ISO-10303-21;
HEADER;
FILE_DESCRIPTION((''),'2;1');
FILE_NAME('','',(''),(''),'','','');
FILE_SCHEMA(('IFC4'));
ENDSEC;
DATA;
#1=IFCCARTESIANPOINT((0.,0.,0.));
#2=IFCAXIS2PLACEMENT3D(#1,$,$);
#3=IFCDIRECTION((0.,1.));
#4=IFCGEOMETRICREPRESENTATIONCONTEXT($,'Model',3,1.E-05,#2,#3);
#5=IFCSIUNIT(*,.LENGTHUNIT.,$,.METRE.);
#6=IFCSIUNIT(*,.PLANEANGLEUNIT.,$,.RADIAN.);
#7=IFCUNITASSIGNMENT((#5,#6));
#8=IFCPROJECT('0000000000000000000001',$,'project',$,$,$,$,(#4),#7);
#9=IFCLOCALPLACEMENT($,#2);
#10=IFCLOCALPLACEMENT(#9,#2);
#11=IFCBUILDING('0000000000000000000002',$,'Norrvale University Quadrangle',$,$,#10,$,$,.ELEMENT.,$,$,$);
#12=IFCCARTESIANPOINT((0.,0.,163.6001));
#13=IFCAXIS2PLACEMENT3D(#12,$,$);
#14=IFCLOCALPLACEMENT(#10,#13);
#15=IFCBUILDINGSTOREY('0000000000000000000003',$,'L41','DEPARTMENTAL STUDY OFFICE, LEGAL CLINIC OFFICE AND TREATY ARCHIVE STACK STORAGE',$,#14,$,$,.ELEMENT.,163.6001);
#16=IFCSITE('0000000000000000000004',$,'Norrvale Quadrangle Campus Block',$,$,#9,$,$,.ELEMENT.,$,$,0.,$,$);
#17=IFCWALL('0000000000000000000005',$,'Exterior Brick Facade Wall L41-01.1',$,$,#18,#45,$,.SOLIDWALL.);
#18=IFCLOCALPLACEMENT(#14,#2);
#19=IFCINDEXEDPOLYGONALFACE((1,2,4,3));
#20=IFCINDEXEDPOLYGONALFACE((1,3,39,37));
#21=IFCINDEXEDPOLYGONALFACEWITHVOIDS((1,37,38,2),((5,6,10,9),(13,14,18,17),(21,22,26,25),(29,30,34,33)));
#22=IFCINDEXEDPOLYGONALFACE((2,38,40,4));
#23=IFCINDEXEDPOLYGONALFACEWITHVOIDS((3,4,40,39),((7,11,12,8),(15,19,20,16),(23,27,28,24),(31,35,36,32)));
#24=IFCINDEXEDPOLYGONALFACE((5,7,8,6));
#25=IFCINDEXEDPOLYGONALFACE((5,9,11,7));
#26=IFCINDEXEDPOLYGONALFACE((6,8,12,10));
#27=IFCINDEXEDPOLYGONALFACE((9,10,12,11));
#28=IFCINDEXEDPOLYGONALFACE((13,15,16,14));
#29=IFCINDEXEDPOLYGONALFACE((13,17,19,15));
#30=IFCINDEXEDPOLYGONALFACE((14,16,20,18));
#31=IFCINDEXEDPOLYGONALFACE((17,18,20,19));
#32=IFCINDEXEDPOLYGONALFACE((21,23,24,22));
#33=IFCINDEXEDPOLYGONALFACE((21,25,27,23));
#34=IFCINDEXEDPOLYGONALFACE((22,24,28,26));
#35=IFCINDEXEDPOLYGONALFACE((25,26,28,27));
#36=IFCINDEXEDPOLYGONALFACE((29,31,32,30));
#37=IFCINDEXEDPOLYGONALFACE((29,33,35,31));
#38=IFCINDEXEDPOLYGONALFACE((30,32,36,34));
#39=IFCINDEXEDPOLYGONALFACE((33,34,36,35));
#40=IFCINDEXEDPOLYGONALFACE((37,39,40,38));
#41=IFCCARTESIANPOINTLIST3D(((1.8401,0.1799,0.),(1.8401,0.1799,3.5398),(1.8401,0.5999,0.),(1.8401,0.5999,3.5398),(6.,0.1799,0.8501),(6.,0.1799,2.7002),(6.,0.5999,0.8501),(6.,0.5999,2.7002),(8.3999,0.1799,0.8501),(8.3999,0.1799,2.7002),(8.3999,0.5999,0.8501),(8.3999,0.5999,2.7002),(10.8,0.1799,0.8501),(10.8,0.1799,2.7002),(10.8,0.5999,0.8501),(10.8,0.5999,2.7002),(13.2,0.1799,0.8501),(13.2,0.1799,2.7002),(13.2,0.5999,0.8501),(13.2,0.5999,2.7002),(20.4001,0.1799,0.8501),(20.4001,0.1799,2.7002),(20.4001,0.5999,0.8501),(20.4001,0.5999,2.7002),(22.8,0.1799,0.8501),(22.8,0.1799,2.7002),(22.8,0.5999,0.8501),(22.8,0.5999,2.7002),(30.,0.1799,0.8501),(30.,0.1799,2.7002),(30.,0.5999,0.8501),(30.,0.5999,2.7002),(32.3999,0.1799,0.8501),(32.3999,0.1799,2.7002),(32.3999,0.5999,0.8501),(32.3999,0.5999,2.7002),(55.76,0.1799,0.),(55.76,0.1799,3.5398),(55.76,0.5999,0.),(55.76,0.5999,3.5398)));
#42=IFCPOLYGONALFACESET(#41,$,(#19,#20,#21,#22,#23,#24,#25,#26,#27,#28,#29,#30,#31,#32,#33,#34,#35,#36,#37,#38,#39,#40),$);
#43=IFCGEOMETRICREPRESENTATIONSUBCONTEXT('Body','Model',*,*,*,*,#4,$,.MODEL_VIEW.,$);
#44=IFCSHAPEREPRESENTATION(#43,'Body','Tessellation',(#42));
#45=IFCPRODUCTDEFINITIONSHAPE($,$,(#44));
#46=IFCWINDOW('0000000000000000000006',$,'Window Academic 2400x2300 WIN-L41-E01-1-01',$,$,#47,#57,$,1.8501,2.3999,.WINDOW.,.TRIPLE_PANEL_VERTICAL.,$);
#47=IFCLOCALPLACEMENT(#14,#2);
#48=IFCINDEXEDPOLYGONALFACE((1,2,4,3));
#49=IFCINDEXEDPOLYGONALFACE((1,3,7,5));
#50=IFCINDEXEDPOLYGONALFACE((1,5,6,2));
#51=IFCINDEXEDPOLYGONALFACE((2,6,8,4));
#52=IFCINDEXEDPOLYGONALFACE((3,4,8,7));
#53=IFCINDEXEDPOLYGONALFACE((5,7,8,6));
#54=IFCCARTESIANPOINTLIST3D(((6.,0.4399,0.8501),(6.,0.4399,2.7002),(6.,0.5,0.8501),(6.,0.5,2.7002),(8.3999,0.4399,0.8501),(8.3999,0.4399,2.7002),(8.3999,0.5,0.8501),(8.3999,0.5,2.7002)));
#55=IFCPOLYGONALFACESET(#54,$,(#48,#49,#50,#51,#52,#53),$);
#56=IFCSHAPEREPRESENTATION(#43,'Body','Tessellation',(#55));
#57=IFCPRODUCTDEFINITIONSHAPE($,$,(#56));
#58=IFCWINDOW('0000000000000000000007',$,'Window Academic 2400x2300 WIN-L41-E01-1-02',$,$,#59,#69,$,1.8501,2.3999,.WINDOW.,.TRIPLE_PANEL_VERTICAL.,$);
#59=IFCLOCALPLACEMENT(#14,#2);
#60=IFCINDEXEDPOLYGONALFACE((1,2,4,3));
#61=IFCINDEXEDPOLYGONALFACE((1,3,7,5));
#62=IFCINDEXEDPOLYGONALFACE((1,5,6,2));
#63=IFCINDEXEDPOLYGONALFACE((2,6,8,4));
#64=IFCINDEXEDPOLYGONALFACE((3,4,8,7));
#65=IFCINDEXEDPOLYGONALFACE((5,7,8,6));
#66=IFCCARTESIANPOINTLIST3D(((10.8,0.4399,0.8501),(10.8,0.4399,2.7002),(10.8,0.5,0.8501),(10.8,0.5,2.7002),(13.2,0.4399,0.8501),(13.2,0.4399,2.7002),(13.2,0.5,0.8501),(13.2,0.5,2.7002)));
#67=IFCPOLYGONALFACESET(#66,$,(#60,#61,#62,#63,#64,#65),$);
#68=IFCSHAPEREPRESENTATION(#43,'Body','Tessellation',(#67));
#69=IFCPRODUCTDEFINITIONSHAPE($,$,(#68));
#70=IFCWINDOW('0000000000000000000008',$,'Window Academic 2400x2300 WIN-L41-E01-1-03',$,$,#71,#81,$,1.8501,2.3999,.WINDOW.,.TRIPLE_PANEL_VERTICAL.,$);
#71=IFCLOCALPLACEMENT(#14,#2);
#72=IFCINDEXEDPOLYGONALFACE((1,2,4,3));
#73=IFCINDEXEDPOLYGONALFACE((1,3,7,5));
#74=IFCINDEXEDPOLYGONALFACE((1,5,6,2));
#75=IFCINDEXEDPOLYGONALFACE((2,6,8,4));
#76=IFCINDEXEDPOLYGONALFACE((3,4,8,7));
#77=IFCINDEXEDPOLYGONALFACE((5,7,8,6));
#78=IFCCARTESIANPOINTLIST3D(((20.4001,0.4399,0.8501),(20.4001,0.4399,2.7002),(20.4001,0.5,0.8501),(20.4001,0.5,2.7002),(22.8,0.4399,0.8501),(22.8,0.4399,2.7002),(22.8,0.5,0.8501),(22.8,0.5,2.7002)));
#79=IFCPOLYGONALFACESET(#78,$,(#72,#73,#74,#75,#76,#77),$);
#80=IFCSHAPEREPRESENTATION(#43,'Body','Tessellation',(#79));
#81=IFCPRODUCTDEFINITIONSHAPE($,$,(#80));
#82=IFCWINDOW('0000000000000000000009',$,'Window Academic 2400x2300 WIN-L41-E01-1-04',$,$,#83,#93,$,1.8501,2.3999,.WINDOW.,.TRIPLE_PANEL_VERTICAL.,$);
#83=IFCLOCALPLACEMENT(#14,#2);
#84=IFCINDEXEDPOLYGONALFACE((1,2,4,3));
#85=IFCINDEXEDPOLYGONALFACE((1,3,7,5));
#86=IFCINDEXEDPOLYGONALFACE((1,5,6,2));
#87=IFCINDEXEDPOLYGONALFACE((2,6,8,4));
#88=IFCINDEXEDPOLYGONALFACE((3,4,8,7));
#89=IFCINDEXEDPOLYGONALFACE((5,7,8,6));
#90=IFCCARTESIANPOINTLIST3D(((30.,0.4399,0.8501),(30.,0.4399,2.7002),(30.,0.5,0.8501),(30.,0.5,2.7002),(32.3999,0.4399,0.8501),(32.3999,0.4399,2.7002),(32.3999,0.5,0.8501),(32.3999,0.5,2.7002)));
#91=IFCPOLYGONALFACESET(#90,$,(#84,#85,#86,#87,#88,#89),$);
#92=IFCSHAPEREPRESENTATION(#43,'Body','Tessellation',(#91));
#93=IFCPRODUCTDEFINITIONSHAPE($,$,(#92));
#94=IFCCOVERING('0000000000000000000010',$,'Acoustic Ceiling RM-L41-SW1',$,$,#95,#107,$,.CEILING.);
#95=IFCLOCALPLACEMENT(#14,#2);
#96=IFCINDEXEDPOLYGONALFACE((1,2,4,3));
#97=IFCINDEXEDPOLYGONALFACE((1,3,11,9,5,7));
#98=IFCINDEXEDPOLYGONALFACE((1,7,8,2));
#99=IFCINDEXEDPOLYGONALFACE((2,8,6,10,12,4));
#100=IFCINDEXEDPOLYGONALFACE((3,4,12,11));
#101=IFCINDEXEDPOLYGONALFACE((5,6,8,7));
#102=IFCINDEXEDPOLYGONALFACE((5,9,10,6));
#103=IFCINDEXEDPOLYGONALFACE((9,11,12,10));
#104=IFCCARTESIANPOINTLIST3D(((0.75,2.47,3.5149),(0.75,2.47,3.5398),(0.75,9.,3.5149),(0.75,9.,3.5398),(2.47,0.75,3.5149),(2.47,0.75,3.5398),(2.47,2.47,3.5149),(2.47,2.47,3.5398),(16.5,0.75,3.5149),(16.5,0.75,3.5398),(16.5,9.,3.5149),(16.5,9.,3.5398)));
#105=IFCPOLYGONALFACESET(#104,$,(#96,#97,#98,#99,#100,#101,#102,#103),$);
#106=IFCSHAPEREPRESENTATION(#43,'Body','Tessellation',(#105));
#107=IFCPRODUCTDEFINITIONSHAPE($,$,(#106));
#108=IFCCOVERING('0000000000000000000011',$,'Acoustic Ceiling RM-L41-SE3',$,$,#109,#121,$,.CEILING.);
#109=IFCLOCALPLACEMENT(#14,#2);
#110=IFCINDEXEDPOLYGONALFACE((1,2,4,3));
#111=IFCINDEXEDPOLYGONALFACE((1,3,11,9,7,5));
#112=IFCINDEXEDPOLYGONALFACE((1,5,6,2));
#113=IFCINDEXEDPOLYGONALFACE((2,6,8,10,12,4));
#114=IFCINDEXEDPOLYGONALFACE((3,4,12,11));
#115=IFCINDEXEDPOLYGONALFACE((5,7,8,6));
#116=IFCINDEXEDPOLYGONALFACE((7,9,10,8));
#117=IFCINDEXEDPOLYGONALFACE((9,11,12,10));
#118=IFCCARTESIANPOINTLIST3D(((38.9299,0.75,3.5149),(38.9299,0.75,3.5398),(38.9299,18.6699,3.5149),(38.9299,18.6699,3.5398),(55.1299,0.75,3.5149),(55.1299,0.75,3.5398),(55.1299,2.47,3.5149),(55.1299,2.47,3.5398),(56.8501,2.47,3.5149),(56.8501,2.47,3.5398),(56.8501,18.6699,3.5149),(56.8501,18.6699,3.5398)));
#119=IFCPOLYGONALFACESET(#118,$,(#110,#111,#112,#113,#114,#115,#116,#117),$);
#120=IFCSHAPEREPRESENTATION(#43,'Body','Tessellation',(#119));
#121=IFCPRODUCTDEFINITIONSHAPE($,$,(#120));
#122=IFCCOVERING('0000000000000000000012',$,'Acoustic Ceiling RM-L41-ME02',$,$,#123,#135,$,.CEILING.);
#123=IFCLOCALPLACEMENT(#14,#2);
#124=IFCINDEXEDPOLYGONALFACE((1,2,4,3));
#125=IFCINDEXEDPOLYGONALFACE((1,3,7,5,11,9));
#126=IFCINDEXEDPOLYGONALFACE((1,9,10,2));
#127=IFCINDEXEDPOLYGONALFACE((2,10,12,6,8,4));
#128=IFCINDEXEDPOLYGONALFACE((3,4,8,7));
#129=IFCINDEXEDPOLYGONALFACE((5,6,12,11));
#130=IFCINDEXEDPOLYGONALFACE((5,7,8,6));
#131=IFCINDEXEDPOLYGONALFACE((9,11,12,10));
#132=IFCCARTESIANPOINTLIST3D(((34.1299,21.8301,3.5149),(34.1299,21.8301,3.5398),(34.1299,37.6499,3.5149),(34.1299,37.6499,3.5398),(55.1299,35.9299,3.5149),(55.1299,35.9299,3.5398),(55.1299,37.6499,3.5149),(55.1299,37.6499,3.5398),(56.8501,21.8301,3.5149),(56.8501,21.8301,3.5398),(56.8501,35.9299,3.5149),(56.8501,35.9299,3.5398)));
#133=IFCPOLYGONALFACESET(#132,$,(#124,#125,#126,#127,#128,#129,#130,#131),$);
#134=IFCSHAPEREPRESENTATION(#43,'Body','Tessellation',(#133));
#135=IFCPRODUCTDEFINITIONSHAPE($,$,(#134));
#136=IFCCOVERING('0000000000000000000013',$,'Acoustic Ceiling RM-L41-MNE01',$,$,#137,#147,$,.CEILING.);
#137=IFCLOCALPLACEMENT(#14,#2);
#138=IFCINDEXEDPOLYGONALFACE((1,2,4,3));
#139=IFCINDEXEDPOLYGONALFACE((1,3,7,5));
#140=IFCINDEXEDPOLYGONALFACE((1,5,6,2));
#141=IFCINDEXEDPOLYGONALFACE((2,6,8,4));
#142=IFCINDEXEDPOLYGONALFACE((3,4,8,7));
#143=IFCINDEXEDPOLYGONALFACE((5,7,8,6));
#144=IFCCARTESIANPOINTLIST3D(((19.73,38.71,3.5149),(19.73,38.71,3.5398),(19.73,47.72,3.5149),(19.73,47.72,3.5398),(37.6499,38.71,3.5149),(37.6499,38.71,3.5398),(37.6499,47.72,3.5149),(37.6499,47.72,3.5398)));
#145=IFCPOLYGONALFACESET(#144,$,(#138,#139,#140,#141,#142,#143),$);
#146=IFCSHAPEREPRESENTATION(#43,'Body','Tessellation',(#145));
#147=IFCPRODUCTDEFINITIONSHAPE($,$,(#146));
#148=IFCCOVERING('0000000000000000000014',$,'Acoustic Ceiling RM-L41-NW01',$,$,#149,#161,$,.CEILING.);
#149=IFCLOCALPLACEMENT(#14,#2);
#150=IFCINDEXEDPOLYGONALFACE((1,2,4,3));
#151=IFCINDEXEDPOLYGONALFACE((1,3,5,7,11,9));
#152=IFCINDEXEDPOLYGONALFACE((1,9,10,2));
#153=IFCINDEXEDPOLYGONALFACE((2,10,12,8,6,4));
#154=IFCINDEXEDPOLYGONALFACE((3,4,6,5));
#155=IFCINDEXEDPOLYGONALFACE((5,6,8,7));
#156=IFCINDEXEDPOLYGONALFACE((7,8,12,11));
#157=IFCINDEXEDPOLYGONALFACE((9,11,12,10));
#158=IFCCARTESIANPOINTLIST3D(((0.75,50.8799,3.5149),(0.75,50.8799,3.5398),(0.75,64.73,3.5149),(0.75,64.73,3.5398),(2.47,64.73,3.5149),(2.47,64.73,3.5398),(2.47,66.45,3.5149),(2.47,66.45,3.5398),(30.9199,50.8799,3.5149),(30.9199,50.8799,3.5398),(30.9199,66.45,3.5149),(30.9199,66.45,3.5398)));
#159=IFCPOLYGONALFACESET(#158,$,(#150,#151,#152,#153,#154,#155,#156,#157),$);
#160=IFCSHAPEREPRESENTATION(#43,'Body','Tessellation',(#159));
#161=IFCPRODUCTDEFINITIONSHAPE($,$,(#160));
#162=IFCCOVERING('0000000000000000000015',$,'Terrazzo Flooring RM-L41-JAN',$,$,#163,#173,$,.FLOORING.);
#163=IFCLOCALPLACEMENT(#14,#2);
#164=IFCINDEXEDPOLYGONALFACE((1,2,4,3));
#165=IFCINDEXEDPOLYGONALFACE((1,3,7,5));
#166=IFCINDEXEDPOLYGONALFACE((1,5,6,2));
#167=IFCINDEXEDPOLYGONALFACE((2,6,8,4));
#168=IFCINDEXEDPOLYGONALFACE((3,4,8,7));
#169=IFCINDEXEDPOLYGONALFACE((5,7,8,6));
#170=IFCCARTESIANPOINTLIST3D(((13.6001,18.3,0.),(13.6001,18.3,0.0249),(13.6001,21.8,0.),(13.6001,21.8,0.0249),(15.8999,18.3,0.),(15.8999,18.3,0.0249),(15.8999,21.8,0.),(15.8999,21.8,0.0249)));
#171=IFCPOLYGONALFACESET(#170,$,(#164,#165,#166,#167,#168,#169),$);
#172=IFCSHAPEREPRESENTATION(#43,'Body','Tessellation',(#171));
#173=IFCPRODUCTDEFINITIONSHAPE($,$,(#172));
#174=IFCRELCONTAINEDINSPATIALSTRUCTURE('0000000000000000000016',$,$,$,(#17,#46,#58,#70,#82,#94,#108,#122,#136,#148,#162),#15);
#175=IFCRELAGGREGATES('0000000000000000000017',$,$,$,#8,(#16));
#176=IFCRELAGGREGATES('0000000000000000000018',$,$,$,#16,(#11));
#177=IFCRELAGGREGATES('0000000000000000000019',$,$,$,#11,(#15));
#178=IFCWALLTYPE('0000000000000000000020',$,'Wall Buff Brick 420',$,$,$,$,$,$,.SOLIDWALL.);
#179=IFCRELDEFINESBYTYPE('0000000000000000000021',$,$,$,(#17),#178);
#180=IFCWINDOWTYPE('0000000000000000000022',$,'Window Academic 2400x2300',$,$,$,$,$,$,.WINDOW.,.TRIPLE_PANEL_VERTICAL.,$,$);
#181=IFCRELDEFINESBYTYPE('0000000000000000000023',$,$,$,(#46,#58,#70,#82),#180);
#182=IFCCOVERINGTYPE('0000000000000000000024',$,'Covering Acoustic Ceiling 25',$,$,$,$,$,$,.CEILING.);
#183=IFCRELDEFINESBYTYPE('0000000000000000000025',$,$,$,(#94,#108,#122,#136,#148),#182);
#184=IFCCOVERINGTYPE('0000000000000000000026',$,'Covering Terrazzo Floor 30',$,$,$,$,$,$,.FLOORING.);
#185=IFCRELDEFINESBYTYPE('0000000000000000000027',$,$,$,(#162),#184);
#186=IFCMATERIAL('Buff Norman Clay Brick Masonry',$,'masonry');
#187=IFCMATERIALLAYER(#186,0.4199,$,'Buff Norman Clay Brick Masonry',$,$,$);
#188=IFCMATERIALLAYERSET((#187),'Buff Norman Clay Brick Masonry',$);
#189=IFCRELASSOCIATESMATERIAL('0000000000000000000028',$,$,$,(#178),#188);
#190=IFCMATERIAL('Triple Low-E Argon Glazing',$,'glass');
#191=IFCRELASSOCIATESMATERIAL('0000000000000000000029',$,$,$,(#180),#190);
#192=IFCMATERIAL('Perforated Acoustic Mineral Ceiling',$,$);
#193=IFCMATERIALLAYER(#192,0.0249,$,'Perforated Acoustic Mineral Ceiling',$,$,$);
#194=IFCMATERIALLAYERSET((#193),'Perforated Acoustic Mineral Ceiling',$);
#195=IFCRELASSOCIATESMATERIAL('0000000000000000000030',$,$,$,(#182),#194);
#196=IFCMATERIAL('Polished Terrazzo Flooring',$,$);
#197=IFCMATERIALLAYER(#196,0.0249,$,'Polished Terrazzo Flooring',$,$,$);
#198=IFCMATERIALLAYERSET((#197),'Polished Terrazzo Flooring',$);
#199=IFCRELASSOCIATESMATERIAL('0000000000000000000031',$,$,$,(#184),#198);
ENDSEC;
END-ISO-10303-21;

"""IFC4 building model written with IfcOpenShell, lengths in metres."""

from ifc_helpers import new_model, si_unit, direction, frame, frame_2d, origin, place, context, subcontext, project, spatial, polyline, rectangle, outline, extrude, material, layer, layer_set, type_object, element, fill, save


model = new_model("IFC4")

# Units and contexts
model_context = context("Model", 3, precision=1e-05, world=origin(), true_north=direction((0.0, 1.0)))
body_context = subcontext(model_context, "Body", "Model", "MODEL_VIEW")
ifc_project = project(units=[si_unit("LENGTHUNIT", "METRE"), si_unit("PLANEANGLEUNIT", "RADIAN")], contexts=[model_context])

# Site, building, storey
site_placement = place(None, origin())
site = spatial("IfcSite", under=ifc_project, at=site_placement, Name="Norrvale Quadrangle Campus Block", CompositionType="ELEMENT", RefElevation=0.0)
building_placement = place(site_placement, origin())
building = spatial("IfcBuilding", under=site, at=building_placement, Name="Norrvale University Quadrangle", CompositionType="ELEMENT")
storey_placement = place(building_placement, frame((0.0, 0.0, 163.6001)))
storey = spatial("IfcBuildingStorey", under=building, at=storey_placement, Name="L41", Description="DEPARTMENTAL STUDY OFFICE, LEGAL CLINIC OFFICE AND TREATY ARCHIVE STACK STORAGE", CompositionType="ELEMENT", Elevation=163.6001)

# Wall, openings, windows
ifc_material_1 = material(Name="Buff Norman Clay Brick Masonry", Category="masonry")
ifc_layer_1 = layer(ifc_material_1, 0.4199, Name="Buff Norman Clay Brick Masonry")
ifc_layer_set_1 = layer_set([ifc_layer_1], Name="Buff Norman Clay Brick Masonry")
wall_type = type_object("IfcWallType", Name="Wall Buff Brick 420", PredefinedType="SOLIDWALL", material=ifc_layer_set_1)
wall_placement = place(storey_placement, frame((1.8401, 0.3899, 0.0), z_axis=(0.0, 0.0, 1.0), x_axis=(1.0, 0.0, 0.0)))
wall = element("IfcWall", 1, at=wall_placement, inside=storey, type_object=wall_type, Name="Exterior Brick Facade Wall L41-01.1", PredefinedType="SOLIDWALL", context=body_context, shape_type="SweptSolid", body=[
    extrude(rectangle(XDim=53.9199, YDim=0.4199, at=frame_2d((26.96, 0.0))), origin(), (0.0, 0.0, 1.0), 3.5398),
])
opening_1_placement = place(wall_placement, frame((4.1599, 0.0, 0.8501)))
opening_1 = element("IfcOpeningElement", 2, at=opening_1_placement, cuts=wall, PredefinedType="OPENING", context=body_context, shape_type="SweptSolid", body=[
    extrude(rectangle(XDim=2.3999, YDim=1.8501, at=frame_2d((1.2, 0.925))), frame((0.0, 0.2219, 0.0), z_axis=(0.0, -1.0, 0.0), x_axis=(1.0, 0.0, 0.0)), (0.0, 0.0, 1.0), 0.4438),
])
opening_2_placement = place(wall_placement, frame((8.96, 0.0, 0.8501)))
opening_2 = element("IfcOpeningElement", 3, at=opening_2_placement, cuts=wall, PredefinedType="OPENING", context=body_context, shape_type="SweptSolid", body=[
    extrude(rectangle(XDim=2.3999, YDim=1.8501, at=frame_2d((1.2, 0.925))), frame((0.0, 0.2219, 0.0), z_axis=(0.0, -1.0, 0.0), x_axis=(1.0, 0.0, 0.0)), (0.0, 0.0, 1.0), 0.4438),
])
opening_3_placement = place(wall_placement, frame((18.5601, 0.0, 0.8501)))
opening_3 = element("IfcOpeningElement", 4, at=opening_3_placement, cuts=wall, PredefinedType="OPENING", context=body_context, shape_type="SweptSolid", body=[
    extrude(rectangle(XDim=2.3999, YDim=1.8501, at=frame_2d((1.2, 0.925))), frame((0.0, 0.2219, 0.0), z_axis=(0.0, -1.0, 0.0), x_axis=(1.0, 0.0, 0.0)), (0.0, 0.0, 1.0), 0.4438),
])
opening_4_placement = place(wall_placement, frame((28.1599, 0.0, 0.8501)))
opening_4 = element("IfcOpeningElement", 5, at=opening_4_placement, cuts=wall, PredefinedType="OPENING", context=body_context, shape_type="SweptSolid", body=[
    extrude(rectangle(XDim=2.3999, YDim=1.8501, at=frame_2d((1.2, 0.925))), frame((0.0, 0.2219, 0.0), z_axis=(0.0, -1.0, 0.0), x_axis=(1.0, 0.0, 0.0)), (0.0, 0.0, 1.0), 0.4438),
])
ifc_material_2 = material(Name="Triple Low-E Argon Glazing", Category="glass")
window_type = type_object("IfcWindowType", Name="Window Academic 2400x2300", PartitioningType="TRIPLE_PANEL_VERTICAL", PredefinedType="WINDOW", material=ifc_material_2)
window_1_placement = place(opening_1_placement, origin())
window_1 = element("IfcWindow", 6, at=window_1_placement, inside=storey, type_object=window_type, Name="Window Academic 2400x2300 WIN-L41-E01-1-01", OverallHeight=1.8501, OverallWidth=2.3999, PartitioningType="TRIPLE_PANEL_VERTICAL", PredefinedType="WINDOW", context=body_context, shape_type="SweptSolid", body=[
    extrude(rectangle(XDim=2.3999, YDim=1.8501, at=frame_2d((1.2, 0.925))), frame((0.0, 0.1101, 0.0), z_axis=(0.0, -1.0, 0.0), x_axis=(1.0, 0.0, 0.0)), (0.0, 0.0, 1.0), 0.0601),
])
fill(opening_1, window_1)
window_2_placement = place(opening_2_placement, origin())
window_2 = element("IfcWindow", 7, at=window_2_placement, inside=storey, type_object=window_type, Name="Window Academic 2400x2300 WIN-L41-E01-1-02", OverallHeight=1.8501, OverallWidth=2.3999, PartitioningType="TRIPLE_PANEL_VERTICAL", PredefinedType="WINDOW", context=body_context, shape_type="SweptSolid", body=[
    extrude(rectangle(XDim=2.3999, YDim=1.8501, at=frame_2d((1.2, 0.925))), frame((0.0, 0.1101, 0.0), z_axis=(0.0, -1.0, 0.0), x_axis=(1.0, 0.0, 0.0)), (0.0, 0.0, 1.0), 0.0601),
])
fill(opening_2, window_2)
window_3_placement = place(opening_3_placement, origin())
window_3 = element("IfcWindow", 8, at=window_3_placement, inside=storey, type_object=window_type, Name="Window Academic 2400x2300 WIN-L41-E01-1-03", OverallHeight=1.8501, OverallWidth=2.3999, PartitioningType="TRIPLE_PANEL_VERTICAL", PredefinedType="WINDOW", context=body_context, shape_type="SweptSolid", body=[
    extrude(rectangle(XDim=2.3999, YDim=1.8501, at=frame_2d((1.2, 0.925))), frame((0.0, 0.1101, 0.0), z_axis=(0.0, -1.0, 0.0), x_axis=(1.0, 0.0, 0.0)), (0.0, 0.0, 1.0), 0.0601),
])
fill(opening_3, window_3)
window_4_placement = place(opening_4_placement, origin())
window_4 = element("IfcWindow", 9, at=window_4_placement, inside=storey, type_object=window_type, Name="Window Academic 2400x2300 WIN-L41-E01-1-04", OverallHeight=1.8501, OverallWidth=2.3999, PartitioningType="TRIPLE_PANEL_VERTICAL", PredefinedType="WINDOW", context=body_context, shape_type="SweptSolid", body=[
    extrude(rectangle(XDim=2.3999, YDim=1.8501, at=frame_2d((1.2, 0.925))), frame((0.0, 0.1101, 0.0), z_axis=(0.0, -1.0, 0.0), x_axis=(1.0, 0.0, 0.0)), (0.0, 0.0, 1.0), 0.0601),
])
fill(opening_4, window_4)

# Coverings
ifc_material_3 = material(Name="Perforated Acoustic Mineral Ceiling")
ifc_layer_2 = layer(ifc_material_3, 0.0249, Name="Perforated Acoustic Mineral Ceiling")
ifc_layer_set_2 = layer_set([ifc_layer_2], Name="Perforated Acoustic Mineral Ceiling")
covering_type_1 = type_object("IfcCoveringType", Name="Covering Acoustic Ceiling 25", PredefinedType="CEILING", material=ifc_layer_set_2)
covering_1_placement = place(storey_placement, frame((0.0, 0.0, 3.5149)))
element("IfcCovering", 10, at=covering_1_placement, inside=storey, type_object=covering_type_1, Name="Acoustic Ceiling RM-L41-SW1", PredefinedType="CEILING", context=body_context, shape_type="SweptSolid", body=[
    extrude(outline(polyline([(0.75, 9.0), (16.5, 9.0), (16.5, 0.75), (2.47, 0.75), (2.47, 2.47), (0.75, 2.47), (0.75, 9.0)])), origin(), (0.0, 0.0, 1.0), 0.0249),
])
covering_2_placement = place(storey_placement, frame((0.0, 0.0, 3.5149)))
element("IfcCovering", 11, at=covering_2_placement, inside=storey, type_object=covering_type_1, Name="Acoustic Ceiling RM-L41-SE3", PredefinedType="CEILING", context=body_context, shape_type="SweptSolid", body=[
    extrude(outline(polyline([(38.9299, 0.75), (38.9299, 18.6699), (56.8501, 18.6699), (56.8501, 2.47), (55.1299, 2.47), (55.1299, 0.75), (38.9299, 0.75)])), origin(), (0.0, 0.0, 1.0), 0.0249),
])
covering_3_placement = place(storey_placement, frame((0.0, 0.0, 3.5149)))
element("IfcCovering", 12, at=covering_3_placement, inside=storey, type_object=covering_type_1, Name="Acoustic Ceiling RM-L41-ME02", PredefinedType="CEILING", context=body_context, shape_type="SweptSolid", body=[
    extrude(outline(polyline([(56.8501, 21.8301), (34.1299, 21.8301), (34.1299, 37.6499), (55.1299, 37.6499), (55.1299, 35.9299), (56.8501, 35.9299), (56.8501, 21.8301)])), origin(), (0.0, 0.0, 1.0), 0.0249),
])
covering_4_placement = place(storey_placement, frame((0.0, 0.0, 3.5149)))
element("IfcCovering", 13, at=covering_4_placement, inside=storey, type_object=covering_type_1, Name="Acoustic Ceiling RM-L41-MNE01", PredefinedType="CEILING", context=body_context, shape_type="SweptSolid", body=[
    extrude(outline(polyline([(19.73, 47.72), (37.6499, 47.72), (37.6499, 38.71), (19.73, 38.71), (19.73, 47.72)])), origin(), (0.0, 0.0, 1.0), 0.0249),
])
covering_5_placement = place(storey_placement, frame((0.0, 0.0, 3.5149)))
element("IfcCovering", 14, at=covering_5_placement, inside=storey, type_object=covering_type_1, Name="Acoustic Ceiling RM-L41-NW01", PredefinedType="CEILING", context=body_context, shape_type="SweptSolid", body=[
    extrude(outline(polyline([(30.9199, 66.45), (30.9199, 50.8799), (0.75, 50.8799), (0.75, 64.73), (2.47, 64.73), (2.47, 66.45), (30.9199, 66.45)])), origin(), (0.0, 0.0, 1.0), 0.0249),
])
ifc_material_4 = material(Name="Polished Terrazzo Flooring")
ifc_layer_3 = layer(ifc_material_4, 0.0249, Name="Polished Terrazzo Flooring")
ifc_layer_set_3 = layer_set([ifc_layer_3], Name="Polished Terrazzo Flooring")
covering_type_2 = type_object("IfcCoveringType", Name="Covering Terrazzo Floor 30", PredefinedType="FLOORING", material=ifc_layer_set_3)
covering_6_placement = place(storey_placement, origin())
element("IfcCovering", 15, at=covering_6_placement, inside=storey, type_object=covering_type_2, Name="Terrazzo Flooring RM-L41-JAN", PredefinedType="FLOORING", context=body_context, shape_type="SweptSolid", body=[
    extrude(outline(polyline([(13.6001, 18.3), (13.6001, 21.8), (15.8999, 21.8), (15.8999, 18.3), (13.6001, 18.3)])), origin(), (0.0, 0.0, 1.0), 0.0249),
])

save(model, "model.ifc")
